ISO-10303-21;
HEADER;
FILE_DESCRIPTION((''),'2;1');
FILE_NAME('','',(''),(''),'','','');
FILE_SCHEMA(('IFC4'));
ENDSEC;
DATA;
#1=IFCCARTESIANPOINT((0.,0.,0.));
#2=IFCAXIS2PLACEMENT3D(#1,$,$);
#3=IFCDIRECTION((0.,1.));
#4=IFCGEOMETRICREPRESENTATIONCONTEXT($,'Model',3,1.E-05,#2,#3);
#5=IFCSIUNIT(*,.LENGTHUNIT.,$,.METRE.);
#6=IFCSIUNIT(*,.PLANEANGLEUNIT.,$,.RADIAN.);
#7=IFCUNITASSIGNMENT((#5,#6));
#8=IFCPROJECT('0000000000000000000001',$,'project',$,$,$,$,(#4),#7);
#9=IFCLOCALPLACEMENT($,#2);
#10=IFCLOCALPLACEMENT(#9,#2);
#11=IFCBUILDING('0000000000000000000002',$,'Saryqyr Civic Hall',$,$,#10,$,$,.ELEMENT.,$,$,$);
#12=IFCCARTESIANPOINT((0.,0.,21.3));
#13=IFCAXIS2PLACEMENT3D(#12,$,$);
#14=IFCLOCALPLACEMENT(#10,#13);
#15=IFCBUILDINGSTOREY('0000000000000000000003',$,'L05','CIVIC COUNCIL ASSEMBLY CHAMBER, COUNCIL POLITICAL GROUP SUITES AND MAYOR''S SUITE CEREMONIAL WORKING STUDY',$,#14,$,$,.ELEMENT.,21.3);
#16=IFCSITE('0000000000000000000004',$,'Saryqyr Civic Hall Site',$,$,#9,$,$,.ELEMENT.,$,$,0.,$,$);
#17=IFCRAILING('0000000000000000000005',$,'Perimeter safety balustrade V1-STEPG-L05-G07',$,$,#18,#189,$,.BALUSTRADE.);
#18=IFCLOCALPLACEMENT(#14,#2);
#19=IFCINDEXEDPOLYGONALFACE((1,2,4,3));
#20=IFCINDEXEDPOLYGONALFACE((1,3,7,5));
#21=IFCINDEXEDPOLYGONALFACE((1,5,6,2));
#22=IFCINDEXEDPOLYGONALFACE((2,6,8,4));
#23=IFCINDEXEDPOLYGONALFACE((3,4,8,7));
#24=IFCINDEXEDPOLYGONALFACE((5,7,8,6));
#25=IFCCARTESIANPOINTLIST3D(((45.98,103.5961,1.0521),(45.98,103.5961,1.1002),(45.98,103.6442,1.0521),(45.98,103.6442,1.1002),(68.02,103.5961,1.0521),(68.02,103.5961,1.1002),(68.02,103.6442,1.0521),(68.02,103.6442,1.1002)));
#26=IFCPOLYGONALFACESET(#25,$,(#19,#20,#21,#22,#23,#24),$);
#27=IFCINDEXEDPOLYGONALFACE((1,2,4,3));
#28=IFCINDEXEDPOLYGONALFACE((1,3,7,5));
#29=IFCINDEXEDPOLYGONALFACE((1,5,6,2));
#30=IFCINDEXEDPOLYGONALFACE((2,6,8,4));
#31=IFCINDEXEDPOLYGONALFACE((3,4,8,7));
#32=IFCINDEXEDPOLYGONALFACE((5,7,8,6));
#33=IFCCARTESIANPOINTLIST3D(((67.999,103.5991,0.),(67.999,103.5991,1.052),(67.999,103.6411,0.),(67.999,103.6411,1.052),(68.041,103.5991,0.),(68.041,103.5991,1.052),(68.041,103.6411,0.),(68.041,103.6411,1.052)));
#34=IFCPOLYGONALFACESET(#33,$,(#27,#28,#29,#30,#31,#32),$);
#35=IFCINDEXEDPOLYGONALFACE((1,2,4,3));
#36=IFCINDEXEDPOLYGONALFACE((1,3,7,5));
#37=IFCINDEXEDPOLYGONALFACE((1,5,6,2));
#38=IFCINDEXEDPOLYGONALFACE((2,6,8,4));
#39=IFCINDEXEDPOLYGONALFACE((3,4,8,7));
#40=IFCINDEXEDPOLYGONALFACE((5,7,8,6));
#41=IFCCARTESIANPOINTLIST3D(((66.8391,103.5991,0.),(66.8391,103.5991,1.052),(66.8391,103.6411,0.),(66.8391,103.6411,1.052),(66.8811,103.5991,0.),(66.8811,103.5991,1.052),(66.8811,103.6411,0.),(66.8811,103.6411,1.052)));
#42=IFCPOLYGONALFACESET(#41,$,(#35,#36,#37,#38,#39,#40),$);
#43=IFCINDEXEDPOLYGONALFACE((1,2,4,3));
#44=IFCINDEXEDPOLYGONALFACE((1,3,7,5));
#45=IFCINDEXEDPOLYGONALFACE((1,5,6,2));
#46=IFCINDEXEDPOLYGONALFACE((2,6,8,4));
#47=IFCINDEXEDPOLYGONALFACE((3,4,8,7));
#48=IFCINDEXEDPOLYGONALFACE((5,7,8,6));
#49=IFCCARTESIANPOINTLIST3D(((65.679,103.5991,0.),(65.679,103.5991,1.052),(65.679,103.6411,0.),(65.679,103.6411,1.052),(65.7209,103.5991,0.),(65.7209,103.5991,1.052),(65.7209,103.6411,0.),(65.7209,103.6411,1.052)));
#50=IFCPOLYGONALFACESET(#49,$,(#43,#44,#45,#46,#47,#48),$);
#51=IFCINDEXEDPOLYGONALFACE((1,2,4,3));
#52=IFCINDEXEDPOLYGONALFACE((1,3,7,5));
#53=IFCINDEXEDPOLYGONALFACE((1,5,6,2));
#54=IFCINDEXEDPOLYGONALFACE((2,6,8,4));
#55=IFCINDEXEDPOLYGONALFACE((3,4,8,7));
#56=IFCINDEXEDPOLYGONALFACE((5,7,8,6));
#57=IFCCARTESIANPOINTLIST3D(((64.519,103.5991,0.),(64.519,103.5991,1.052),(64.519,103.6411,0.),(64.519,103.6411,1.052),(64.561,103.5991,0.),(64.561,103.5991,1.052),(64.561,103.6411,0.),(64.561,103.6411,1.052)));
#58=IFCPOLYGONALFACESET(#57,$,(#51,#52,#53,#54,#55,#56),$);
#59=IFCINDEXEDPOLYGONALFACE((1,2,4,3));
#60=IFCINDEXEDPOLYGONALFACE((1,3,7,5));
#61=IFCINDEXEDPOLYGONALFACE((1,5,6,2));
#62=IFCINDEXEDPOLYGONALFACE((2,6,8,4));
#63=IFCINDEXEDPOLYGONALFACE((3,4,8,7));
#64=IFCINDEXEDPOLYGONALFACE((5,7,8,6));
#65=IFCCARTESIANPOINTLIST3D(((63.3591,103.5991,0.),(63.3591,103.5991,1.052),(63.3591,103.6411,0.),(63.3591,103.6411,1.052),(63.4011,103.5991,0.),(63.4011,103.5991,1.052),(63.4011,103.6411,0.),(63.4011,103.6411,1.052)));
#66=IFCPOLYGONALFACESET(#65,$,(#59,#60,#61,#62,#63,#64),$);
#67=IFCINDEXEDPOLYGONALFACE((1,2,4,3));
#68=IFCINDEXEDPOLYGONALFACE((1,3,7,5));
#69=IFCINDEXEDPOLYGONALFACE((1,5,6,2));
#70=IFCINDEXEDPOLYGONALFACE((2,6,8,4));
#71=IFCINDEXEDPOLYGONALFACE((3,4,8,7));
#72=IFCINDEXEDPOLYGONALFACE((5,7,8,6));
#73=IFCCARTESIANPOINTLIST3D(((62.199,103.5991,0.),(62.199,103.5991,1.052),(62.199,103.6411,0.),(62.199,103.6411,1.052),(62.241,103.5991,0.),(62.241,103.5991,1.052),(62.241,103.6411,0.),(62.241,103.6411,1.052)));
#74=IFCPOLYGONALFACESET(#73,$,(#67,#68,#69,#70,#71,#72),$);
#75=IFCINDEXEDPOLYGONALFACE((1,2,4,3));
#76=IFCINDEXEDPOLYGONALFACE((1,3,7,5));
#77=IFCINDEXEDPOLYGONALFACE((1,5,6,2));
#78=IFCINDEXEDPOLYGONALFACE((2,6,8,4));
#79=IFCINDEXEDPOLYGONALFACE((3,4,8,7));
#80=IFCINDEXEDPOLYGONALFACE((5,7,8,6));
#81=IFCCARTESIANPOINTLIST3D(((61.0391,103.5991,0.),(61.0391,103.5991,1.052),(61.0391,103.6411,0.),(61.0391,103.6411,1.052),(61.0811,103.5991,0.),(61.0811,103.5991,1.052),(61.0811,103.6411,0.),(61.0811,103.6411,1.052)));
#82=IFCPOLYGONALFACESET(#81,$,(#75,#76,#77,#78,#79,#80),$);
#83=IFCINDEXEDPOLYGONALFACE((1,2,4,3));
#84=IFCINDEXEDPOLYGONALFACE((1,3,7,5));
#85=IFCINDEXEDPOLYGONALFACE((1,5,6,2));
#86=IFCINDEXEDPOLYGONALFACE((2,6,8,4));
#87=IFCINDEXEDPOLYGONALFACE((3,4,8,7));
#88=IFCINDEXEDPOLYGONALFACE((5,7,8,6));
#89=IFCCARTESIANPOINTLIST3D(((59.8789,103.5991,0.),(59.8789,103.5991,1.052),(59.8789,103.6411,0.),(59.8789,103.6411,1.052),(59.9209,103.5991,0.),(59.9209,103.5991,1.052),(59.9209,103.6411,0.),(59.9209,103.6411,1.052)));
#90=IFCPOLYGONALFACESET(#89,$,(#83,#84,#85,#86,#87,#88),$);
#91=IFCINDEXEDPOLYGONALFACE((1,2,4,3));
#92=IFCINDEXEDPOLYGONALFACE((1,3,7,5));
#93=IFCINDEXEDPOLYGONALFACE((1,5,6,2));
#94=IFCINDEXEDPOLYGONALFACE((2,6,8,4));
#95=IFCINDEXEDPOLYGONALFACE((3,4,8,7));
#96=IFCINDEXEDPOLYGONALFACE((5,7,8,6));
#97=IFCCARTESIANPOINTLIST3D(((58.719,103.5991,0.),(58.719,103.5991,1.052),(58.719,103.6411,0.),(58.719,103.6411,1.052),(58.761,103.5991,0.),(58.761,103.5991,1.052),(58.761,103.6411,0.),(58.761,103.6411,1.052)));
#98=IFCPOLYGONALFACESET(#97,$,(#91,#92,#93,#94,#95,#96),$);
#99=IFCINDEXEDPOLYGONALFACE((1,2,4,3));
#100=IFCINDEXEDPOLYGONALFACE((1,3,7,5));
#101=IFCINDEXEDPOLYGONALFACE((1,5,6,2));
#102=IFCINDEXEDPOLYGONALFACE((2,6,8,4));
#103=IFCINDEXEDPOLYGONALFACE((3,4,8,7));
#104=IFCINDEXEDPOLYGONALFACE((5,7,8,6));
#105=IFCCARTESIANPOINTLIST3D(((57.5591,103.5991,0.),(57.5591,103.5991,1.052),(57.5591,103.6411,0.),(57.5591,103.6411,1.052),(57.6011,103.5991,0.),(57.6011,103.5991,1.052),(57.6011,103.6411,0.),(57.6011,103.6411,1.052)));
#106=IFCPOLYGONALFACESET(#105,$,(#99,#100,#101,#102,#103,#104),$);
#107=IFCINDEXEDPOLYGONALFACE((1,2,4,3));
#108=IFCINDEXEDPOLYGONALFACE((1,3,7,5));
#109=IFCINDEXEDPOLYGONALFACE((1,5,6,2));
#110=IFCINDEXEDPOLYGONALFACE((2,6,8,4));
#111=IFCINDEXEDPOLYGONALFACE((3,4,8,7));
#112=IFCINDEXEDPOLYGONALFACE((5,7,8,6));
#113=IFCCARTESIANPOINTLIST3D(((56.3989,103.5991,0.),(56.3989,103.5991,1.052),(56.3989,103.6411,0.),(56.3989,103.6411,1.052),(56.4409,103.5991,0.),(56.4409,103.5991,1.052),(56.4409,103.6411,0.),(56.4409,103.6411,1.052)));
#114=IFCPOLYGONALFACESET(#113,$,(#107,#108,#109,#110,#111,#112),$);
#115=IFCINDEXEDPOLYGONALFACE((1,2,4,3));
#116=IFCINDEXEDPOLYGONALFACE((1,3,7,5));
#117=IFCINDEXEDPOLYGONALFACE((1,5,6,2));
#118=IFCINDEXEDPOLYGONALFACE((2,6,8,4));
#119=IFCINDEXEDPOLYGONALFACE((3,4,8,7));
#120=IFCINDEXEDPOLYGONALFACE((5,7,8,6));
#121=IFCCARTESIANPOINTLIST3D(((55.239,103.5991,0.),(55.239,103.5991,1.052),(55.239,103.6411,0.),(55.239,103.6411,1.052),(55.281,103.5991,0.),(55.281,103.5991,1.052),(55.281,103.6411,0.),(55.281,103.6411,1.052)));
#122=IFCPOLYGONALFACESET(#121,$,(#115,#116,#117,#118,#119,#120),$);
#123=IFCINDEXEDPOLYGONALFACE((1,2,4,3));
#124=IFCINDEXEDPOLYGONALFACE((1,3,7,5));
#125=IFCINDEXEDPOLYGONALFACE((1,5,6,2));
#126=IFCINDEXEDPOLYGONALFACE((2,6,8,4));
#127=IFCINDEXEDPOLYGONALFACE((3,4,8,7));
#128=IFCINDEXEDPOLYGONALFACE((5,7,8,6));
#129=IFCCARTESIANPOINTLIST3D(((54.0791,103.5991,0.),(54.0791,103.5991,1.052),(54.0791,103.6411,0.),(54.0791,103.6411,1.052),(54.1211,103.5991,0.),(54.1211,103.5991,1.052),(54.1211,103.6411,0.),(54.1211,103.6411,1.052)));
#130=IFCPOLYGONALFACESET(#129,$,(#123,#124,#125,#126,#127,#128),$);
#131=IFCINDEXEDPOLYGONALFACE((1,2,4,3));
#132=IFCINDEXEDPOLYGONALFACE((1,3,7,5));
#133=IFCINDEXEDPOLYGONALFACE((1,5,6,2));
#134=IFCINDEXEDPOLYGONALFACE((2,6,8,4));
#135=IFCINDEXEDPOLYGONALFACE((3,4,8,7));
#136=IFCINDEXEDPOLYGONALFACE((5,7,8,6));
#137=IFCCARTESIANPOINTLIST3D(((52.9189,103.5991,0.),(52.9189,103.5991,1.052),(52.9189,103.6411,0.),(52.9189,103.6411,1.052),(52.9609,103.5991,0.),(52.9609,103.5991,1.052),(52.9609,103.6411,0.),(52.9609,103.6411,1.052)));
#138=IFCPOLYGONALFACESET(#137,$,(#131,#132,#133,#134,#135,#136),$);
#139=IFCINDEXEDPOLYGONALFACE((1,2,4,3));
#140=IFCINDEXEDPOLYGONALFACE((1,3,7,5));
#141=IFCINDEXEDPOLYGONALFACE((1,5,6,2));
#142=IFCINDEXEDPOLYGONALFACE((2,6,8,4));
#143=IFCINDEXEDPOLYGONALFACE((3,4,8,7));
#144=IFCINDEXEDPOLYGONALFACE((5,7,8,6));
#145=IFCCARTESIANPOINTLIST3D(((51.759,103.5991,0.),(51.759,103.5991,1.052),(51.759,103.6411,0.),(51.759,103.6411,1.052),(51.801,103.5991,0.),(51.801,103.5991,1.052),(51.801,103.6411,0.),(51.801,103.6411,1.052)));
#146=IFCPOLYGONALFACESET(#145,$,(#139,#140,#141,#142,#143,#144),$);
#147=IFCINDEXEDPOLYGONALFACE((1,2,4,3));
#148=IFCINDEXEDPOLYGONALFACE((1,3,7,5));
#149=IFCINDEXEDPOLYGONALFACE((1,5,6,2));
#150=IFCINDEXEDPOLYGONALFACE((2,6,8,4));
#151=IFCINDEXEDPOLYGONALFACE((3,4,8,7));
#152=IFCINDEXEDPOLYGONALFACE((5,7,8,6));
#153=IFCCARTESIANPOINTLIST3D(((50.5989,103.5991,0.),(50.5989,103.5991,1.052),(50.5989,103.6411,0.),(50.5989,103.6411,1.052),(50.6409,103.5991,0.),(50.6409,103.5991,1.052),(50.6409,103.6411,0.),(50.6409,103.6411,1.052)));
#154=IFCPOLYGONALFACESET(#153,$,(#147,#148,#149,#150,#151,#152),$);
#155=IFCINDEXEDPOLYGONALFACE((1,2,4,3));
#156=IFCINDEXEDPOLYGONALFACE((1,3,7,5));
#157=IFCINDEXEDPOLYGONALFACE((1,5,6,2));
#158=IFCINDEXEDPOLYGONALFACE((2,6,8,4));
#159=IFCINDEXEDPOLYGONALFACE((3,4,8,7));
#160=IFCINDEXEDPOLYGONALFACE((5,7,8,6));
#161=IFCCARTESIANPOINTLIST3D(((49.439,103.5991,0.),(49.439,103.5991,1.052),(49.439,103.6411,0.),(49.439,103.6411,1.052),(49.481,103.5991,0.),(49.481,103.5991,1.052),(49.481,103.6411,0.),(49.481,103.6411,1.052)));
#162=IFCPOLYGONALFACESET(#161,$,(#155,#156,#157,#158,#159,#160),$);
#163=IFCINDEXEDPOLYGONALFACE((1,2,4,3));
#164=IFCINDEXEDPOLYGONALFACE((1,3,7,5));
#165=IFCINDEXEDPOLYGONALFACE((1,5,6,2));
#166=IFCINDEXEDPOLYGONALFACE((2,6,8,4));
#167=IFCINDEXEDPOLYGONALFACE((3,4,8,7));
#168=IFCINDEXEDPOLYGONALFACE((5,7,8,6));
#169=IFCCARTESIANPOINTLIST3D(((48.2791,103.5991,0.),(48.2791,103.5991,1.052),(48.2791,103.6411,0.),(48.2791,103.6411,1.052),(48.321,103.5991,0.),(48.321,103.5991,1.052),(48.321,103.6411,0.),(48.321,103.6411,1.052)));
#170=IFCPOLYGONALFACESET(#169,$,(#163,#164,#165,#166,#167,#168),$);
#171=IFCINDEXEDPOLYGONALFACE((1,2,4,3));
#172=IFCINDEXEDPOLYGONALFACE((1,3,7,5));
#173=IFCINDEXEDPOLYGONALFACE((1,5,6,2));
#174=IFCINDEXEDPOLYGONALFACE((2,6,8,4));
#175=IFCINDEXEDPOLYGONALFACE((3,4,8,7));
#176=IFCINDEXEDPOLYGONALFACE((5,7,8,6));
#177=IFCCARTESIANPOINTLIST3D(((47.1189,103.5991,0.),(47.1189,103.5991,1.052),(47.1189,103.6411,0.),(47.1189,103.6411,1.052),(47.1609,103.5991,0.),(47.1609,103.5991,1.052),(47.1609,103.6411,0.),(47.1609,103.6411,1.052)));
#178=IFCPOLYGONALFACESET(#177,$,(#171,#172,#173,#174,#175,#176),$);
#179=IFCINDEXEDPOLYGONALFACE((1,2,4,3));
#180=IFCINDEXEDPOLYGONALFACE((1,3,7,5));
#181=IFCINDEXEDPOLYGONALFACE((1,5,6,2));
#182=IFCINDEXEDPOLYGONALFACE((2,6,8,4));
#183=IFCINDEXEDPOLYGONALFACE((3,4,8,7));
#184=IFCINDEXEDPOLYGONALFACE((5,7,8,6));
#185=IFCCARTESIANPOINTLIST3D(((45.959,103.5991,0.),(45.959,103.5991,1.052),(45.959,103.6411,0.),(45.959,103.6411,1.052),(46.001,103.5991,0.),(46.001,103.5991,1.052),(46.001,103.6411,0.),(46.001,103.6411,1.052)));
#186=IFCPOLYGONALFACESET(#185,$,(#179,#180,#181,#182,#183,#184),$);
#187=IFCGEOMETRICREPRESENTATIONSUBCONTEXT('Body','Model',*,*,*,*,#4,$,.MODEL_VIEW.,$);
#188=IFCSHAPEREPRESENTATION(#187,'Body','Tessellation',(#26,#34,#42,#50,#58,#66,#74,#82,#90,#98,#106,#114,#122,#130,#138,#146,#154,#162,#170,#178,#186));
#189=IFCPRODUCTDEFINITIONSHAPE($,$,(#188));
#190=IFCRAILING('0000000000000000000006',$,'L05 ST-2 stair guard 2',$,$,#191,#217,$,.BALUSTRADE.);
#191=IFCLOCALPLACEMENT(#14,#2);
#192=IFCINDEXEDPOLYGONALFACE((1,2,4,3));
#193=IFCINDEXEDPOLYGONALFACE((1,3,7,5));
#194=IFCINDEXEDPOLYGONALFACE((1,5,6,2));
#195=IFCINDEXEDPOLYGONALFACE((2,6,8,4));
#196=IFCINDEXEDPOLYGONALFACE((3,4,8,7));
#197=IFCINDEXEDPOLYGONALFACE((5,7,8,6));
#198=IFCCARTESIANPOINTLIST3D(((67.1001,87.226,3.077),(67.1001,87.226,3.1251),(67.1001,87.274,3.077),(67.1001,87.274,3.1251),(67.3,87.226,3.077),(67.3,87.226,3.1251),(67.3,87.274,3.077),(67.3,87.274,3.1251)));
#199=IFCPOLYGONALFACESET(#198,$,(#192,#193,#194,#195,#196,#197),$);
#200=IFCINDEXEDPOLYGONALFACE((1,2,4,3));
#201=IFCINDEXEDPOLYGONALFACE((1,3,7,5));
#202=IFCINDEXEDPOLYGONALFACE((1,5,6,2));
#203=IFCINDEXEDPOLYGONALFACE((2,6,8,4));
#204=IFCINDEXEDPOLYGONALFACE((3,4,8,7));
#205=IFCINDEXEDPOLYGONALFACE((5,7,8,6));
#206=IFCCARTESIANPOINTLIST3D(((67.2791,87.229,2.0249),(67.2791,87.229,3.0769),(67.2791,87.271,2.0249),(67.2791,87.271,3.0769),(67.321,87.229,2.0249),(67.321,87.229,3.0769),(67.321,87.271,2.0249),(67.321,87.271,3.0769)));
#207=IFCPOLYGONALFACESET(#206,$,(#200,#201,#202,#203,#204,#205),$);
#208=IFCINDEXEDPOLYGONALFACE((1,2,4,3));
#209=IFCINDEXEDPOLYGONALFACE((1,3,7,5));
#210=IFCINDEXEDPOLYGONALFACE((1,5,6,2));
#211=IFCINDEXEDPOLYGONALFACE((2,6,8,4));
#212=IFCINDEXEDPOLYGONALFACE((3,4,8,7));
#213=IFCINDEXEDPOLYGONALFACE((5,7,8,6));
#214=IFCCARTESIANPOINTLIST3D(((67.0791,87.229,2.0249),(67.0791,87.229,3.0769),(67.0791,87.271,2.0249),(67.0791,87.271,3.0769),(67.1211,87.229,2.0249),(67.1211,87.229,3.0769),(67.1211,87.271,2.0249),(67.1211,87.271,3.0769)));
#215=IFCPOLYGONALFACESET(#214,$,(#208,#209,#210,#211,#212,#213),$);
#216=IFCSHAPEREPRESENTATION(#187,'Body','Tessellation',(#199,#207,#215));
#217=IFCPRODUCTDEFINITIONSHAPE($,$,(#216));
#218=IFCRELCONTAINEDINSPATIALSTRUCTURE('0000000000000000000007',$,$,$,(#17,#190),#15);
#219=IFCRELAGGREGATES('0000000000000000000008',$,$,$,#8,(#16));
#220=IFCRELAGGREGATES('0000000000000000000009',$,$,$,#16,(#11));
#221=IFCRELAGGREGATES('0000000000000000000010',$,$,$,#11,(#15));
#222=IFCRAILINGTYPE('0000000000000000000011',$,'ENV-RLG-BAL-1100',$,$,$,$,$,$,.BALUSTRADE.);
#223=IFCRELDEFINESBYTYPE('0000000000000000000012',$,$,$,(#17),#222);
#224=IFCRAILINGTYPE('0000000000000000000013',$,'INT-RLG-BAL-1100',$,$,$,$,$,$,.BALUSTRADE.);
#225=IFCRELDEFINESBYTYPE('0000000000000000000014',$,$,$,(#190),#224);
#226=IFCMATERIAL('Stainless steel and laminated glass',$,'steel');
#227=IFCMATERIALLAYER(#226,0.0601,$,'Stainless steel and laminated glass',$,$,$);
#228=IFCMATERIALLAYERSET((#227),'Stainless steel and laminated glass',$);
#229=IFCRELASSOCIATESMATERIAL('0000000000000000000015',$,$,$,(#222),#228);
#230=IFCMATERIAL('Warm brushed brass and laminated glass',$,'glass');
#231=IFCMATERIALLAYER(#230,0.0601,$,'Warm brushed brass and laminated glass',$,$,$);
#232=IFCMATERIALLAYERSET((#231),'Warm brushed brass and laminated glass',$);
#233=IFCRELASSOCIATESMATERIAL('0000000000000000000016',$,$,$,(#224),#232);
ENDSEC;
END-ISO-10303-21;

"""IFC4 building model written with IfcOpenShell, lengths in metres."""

from ifc_helpers import new_model, si_unit, direction, frame, origin, origin_2d, place, context, subcontext, project, spatial, rectangle, extrude, material, layer, layer_set, type_object, element, save


model = new_model("IFC4")

# Units and contexts
model_context = context("Model", 3, precision=1e-05, world=origin(), true_north=direction((0.0, 1.0)))
body_context = subcontext(model_context, "Body", "Model", "MODEL_VIEW")
ifc_project = project(units=[si_unit("LENGTHUNIT", "METRE"), si_unit("PLANEANGLEUNIT", "RADIAN")], contexts=[model_context])

# Site, building, storey
site_placement = place(None, origin())
site = spatial("IfcSite", under=ifc_project, at=site_placement, Name="Saryqyr Civic Hall Site", CompositionType="ELEMENT", RefElevation=0.0)
building_placement = place(site_placement, origin())
building = spatial("IfcBuilding", under=site, at=building_placement, Name="Saryqyr Civic Hall", CompositionType="ELEMENT")
storey_placement = place(building_placement, frame((0.0, 0.0, 21.3)))
storey = spatial("IfcBuildingStorey", under=building, at=storey_placement, Name="L05", Description="CIVIC COUNCIL ASSEMBLY CHAMBER, COUNCIL POLITICAL GROUP SUITES AND MAYOR'S SUITE CEREMONIAL WORKING STUDY", CompositionType="ELEMENT", Elevation=21.3)

# Railings
ifc_material_1 = material(Name="Stainless steel and laminated glass", Category="steel")
ifc_layer_1 = layer(ifc_material_1, 0.0601, Name="Stainless steel and laminated glass")
ifc_layer_set_1 = layer_set([ifc_layer_1], Name="Stainless steel and laminated glass")
railing_type_1 = type_object("IfcRailingType", Name="ENV-RLG-BAL-1100", PredefinedType="BALUSTRADE", material=ifc_layer_set_1)
railing_1_placement = place(storey_placement, frame((68.02, 103.6201, 0.0)))
element("IfcRailing", 1, at=railing_1_placement, inside=storey, type_object=railing_type_1, Name="Perimeter safety balustrade V1-STEPG-L05-G07", PredefinedType="BALUSTRADE", context=body_context, shape_type="SweptSolid", body=[
    extrude(rectangle(XDim=0.0481, YDim=0.0481, at=origin_2d()), frame((0.0, 0.0, 1.0762), z_axis=(-1.0, 0.0, 0.0), x_axis=(0.0, -1.0, 0.0)), (0.0, 0.0, 1.0), 22.04),
    extrude(rectangle(XDim=0.042, YDim=0.042, at=origin_2d()), origin(), (0.0, 0.0, 1.0), 1.052),
    extrude(rectangle(XDim=0.042, YDim=0.042, at=origin_2d()), frame((-1.1599, 0.0, 0.0)), (0.0, 0.0, 1.0), 1.052),
    extrude(rectangle(XDim=0.042, YDim=0.042, at=origin_2d()), frame((-2.3201, 0.0, 0.0)), (0.0, 0.0, 1.0), 1.052),
    extrude(rectangle(XDim=0.042, YDim=0.042, at=origin_2d()), frame((-3.48, 0.0, 0.0)), (0.0, 0.0, 1.0), 1.052),
    extrude(rectangle(XDim=0.042, YDim=0.042, at=origin_2d()), frame((-4.6399, 0.0, 0.0)), (0.0, 0.0, 1.0), 1.052),
    extrude(rectangle(XDim=0.042, YDim=0.042, at=origin_2d()), frame((-5.8, 0.0, 0.0)), (0.0, 0.0, 1.0), 1.052),
    extrude(rectangle(XDim=0.042, YDim=0.042, at=origin_2d()), frame((-6.96, 0.0, 0.0)), (0.0, 0.0, 1.0), 1.052),
    extrude(rectangle(XDim=0.042, YDim=0.042, at=origin_2d()), frame((-8.1201, 0.0, 0.0)), (0.0, 0.0, 1.0), 1.052),
    extrude(rectangle(XDim=0.042, YDim=0.042, at=origin_2d()), frame((-9.28, 0.0, 0.0)), (0.0, 0.0, 1.0), 1.052),
    extrude(rectangle(XDim=0.042, YDim=0.042, at=origin_2d()), frame((-10.4399, 0.0, 0.0)), (0.0, 0.0, 1.0), 1.052),
    extrude(rectangle(XDim=0.042, YDim=0.042, at=origin_2d()), frame((-11.6001, 0.0, 0.0)), (0.0, 0.0, 1.0), 1.052),
    extrude(rectangle(XDim=0.042, YDim=0.042, at=origin_2d()), frame((-12.76, 0.0, 0.0)), (0.0, 0.0, 1.0), 1.052),
    extrude(rectangle(XDim=0.042, YDim=0.042, at=origin_2d()), frame((-13.9199, 0.0, 0.0)), (0.0, 0.0, 1.0), 1.052),
    extrude(rectangle(XDim=0.042, YDim=0.042, at=origin_2d()), frame((-15.0801, 0.0, 0.0)), (0.0, 0.0, 1.0), 1.052),
    extrude(rectangle(XDim=0.042, YDim=0.042, at=origin_2d()), frame((-16.24, 0.0, 0.0)), (0.0, 0.0, 1.0), 1.052),
    extrude(rectangle(XDim=0.042, YDim=0.042, at=origin_2d()), frame((-17.4001, 0.0, 0.0)), (0.0, 0.0, 1.0), 1.052),
    extrude(rectangle(XDim=0.042, YDim=0.042, at=origin_2d()), frame((-18.5601, 0.0, 0.0)), (0.0, 0.0, 1.0), 1.052),
    extrude(rectangle(XDim=0.042, YDim=0.042, at=origin_2d()), frame((-19.72, 0.0, 0.0)), (0.0, 0.0, 1.0), 1.052),
    extrude(rectangle(XDim=0.042, YDim=0.042, at=origin_2d()), frame((-20.8801, 0.0, 0.0)), (0.0, 0.0, 1.0), 1.052),
    extrude(rectangle(XDim=0.042, YDim=0.042, at=origin_2d()), frame((-22.04, 0.0, 0.0)), (0.0, 0.0, 1.0), 1.052),
])
ifc_material_2 = material(Name="Warm brushed brass and laminated glass", Category="glass")
ifc_layer_2 = layer(ifc_material_2, 0.0601, Name="Warm brushed brass and laminated glass")
ifc_layer_set_2 = layer_set([ifc_layer_2], Name="Warm brushed brass and laminated glass")
railing_type_2 = type_object("IfcRailingType", Name="INT-RLG-BAL-1100", PredefinedType="BALUSTRADE", material=ifc_layer_set_2)
railing_2_placement = place(storey_placement, frame((67.3, 87.25, 2.0249)))
element("IfcRailing", 2, at=railing_2_placement, inside=storey, type_object=railing_type_2, Name="L05 ST-2 stair guard 2", PredefinedType="BALUSTRADE", context=body_context, shape_type="SweptSolid", body=[
    extrude(rectangle(XDim=0.0481, YDim=0.0481, at=origin_2d()), frame((0.0, 0.0, 1.0762), z_axis=(-1.0, 0.0, 0.0), x_axis=(0.0, -1.0, 0.0)), (0.0, 0.0, 1.0), 0.2),
    extrude(rectangle(XDim=0.042, YDim=0.042, at=origin_2d()), origin(), (0.0, 0.0, 1.0), 1.052),
    extrude(rectangle(XDim=0.042, YDim=0.042, at=origin_2d()), frame((-0.2, 0.0, 0.0)), (0.0, 0.0, 1.0), 1.052),
])

save(model, "model.ifc")
